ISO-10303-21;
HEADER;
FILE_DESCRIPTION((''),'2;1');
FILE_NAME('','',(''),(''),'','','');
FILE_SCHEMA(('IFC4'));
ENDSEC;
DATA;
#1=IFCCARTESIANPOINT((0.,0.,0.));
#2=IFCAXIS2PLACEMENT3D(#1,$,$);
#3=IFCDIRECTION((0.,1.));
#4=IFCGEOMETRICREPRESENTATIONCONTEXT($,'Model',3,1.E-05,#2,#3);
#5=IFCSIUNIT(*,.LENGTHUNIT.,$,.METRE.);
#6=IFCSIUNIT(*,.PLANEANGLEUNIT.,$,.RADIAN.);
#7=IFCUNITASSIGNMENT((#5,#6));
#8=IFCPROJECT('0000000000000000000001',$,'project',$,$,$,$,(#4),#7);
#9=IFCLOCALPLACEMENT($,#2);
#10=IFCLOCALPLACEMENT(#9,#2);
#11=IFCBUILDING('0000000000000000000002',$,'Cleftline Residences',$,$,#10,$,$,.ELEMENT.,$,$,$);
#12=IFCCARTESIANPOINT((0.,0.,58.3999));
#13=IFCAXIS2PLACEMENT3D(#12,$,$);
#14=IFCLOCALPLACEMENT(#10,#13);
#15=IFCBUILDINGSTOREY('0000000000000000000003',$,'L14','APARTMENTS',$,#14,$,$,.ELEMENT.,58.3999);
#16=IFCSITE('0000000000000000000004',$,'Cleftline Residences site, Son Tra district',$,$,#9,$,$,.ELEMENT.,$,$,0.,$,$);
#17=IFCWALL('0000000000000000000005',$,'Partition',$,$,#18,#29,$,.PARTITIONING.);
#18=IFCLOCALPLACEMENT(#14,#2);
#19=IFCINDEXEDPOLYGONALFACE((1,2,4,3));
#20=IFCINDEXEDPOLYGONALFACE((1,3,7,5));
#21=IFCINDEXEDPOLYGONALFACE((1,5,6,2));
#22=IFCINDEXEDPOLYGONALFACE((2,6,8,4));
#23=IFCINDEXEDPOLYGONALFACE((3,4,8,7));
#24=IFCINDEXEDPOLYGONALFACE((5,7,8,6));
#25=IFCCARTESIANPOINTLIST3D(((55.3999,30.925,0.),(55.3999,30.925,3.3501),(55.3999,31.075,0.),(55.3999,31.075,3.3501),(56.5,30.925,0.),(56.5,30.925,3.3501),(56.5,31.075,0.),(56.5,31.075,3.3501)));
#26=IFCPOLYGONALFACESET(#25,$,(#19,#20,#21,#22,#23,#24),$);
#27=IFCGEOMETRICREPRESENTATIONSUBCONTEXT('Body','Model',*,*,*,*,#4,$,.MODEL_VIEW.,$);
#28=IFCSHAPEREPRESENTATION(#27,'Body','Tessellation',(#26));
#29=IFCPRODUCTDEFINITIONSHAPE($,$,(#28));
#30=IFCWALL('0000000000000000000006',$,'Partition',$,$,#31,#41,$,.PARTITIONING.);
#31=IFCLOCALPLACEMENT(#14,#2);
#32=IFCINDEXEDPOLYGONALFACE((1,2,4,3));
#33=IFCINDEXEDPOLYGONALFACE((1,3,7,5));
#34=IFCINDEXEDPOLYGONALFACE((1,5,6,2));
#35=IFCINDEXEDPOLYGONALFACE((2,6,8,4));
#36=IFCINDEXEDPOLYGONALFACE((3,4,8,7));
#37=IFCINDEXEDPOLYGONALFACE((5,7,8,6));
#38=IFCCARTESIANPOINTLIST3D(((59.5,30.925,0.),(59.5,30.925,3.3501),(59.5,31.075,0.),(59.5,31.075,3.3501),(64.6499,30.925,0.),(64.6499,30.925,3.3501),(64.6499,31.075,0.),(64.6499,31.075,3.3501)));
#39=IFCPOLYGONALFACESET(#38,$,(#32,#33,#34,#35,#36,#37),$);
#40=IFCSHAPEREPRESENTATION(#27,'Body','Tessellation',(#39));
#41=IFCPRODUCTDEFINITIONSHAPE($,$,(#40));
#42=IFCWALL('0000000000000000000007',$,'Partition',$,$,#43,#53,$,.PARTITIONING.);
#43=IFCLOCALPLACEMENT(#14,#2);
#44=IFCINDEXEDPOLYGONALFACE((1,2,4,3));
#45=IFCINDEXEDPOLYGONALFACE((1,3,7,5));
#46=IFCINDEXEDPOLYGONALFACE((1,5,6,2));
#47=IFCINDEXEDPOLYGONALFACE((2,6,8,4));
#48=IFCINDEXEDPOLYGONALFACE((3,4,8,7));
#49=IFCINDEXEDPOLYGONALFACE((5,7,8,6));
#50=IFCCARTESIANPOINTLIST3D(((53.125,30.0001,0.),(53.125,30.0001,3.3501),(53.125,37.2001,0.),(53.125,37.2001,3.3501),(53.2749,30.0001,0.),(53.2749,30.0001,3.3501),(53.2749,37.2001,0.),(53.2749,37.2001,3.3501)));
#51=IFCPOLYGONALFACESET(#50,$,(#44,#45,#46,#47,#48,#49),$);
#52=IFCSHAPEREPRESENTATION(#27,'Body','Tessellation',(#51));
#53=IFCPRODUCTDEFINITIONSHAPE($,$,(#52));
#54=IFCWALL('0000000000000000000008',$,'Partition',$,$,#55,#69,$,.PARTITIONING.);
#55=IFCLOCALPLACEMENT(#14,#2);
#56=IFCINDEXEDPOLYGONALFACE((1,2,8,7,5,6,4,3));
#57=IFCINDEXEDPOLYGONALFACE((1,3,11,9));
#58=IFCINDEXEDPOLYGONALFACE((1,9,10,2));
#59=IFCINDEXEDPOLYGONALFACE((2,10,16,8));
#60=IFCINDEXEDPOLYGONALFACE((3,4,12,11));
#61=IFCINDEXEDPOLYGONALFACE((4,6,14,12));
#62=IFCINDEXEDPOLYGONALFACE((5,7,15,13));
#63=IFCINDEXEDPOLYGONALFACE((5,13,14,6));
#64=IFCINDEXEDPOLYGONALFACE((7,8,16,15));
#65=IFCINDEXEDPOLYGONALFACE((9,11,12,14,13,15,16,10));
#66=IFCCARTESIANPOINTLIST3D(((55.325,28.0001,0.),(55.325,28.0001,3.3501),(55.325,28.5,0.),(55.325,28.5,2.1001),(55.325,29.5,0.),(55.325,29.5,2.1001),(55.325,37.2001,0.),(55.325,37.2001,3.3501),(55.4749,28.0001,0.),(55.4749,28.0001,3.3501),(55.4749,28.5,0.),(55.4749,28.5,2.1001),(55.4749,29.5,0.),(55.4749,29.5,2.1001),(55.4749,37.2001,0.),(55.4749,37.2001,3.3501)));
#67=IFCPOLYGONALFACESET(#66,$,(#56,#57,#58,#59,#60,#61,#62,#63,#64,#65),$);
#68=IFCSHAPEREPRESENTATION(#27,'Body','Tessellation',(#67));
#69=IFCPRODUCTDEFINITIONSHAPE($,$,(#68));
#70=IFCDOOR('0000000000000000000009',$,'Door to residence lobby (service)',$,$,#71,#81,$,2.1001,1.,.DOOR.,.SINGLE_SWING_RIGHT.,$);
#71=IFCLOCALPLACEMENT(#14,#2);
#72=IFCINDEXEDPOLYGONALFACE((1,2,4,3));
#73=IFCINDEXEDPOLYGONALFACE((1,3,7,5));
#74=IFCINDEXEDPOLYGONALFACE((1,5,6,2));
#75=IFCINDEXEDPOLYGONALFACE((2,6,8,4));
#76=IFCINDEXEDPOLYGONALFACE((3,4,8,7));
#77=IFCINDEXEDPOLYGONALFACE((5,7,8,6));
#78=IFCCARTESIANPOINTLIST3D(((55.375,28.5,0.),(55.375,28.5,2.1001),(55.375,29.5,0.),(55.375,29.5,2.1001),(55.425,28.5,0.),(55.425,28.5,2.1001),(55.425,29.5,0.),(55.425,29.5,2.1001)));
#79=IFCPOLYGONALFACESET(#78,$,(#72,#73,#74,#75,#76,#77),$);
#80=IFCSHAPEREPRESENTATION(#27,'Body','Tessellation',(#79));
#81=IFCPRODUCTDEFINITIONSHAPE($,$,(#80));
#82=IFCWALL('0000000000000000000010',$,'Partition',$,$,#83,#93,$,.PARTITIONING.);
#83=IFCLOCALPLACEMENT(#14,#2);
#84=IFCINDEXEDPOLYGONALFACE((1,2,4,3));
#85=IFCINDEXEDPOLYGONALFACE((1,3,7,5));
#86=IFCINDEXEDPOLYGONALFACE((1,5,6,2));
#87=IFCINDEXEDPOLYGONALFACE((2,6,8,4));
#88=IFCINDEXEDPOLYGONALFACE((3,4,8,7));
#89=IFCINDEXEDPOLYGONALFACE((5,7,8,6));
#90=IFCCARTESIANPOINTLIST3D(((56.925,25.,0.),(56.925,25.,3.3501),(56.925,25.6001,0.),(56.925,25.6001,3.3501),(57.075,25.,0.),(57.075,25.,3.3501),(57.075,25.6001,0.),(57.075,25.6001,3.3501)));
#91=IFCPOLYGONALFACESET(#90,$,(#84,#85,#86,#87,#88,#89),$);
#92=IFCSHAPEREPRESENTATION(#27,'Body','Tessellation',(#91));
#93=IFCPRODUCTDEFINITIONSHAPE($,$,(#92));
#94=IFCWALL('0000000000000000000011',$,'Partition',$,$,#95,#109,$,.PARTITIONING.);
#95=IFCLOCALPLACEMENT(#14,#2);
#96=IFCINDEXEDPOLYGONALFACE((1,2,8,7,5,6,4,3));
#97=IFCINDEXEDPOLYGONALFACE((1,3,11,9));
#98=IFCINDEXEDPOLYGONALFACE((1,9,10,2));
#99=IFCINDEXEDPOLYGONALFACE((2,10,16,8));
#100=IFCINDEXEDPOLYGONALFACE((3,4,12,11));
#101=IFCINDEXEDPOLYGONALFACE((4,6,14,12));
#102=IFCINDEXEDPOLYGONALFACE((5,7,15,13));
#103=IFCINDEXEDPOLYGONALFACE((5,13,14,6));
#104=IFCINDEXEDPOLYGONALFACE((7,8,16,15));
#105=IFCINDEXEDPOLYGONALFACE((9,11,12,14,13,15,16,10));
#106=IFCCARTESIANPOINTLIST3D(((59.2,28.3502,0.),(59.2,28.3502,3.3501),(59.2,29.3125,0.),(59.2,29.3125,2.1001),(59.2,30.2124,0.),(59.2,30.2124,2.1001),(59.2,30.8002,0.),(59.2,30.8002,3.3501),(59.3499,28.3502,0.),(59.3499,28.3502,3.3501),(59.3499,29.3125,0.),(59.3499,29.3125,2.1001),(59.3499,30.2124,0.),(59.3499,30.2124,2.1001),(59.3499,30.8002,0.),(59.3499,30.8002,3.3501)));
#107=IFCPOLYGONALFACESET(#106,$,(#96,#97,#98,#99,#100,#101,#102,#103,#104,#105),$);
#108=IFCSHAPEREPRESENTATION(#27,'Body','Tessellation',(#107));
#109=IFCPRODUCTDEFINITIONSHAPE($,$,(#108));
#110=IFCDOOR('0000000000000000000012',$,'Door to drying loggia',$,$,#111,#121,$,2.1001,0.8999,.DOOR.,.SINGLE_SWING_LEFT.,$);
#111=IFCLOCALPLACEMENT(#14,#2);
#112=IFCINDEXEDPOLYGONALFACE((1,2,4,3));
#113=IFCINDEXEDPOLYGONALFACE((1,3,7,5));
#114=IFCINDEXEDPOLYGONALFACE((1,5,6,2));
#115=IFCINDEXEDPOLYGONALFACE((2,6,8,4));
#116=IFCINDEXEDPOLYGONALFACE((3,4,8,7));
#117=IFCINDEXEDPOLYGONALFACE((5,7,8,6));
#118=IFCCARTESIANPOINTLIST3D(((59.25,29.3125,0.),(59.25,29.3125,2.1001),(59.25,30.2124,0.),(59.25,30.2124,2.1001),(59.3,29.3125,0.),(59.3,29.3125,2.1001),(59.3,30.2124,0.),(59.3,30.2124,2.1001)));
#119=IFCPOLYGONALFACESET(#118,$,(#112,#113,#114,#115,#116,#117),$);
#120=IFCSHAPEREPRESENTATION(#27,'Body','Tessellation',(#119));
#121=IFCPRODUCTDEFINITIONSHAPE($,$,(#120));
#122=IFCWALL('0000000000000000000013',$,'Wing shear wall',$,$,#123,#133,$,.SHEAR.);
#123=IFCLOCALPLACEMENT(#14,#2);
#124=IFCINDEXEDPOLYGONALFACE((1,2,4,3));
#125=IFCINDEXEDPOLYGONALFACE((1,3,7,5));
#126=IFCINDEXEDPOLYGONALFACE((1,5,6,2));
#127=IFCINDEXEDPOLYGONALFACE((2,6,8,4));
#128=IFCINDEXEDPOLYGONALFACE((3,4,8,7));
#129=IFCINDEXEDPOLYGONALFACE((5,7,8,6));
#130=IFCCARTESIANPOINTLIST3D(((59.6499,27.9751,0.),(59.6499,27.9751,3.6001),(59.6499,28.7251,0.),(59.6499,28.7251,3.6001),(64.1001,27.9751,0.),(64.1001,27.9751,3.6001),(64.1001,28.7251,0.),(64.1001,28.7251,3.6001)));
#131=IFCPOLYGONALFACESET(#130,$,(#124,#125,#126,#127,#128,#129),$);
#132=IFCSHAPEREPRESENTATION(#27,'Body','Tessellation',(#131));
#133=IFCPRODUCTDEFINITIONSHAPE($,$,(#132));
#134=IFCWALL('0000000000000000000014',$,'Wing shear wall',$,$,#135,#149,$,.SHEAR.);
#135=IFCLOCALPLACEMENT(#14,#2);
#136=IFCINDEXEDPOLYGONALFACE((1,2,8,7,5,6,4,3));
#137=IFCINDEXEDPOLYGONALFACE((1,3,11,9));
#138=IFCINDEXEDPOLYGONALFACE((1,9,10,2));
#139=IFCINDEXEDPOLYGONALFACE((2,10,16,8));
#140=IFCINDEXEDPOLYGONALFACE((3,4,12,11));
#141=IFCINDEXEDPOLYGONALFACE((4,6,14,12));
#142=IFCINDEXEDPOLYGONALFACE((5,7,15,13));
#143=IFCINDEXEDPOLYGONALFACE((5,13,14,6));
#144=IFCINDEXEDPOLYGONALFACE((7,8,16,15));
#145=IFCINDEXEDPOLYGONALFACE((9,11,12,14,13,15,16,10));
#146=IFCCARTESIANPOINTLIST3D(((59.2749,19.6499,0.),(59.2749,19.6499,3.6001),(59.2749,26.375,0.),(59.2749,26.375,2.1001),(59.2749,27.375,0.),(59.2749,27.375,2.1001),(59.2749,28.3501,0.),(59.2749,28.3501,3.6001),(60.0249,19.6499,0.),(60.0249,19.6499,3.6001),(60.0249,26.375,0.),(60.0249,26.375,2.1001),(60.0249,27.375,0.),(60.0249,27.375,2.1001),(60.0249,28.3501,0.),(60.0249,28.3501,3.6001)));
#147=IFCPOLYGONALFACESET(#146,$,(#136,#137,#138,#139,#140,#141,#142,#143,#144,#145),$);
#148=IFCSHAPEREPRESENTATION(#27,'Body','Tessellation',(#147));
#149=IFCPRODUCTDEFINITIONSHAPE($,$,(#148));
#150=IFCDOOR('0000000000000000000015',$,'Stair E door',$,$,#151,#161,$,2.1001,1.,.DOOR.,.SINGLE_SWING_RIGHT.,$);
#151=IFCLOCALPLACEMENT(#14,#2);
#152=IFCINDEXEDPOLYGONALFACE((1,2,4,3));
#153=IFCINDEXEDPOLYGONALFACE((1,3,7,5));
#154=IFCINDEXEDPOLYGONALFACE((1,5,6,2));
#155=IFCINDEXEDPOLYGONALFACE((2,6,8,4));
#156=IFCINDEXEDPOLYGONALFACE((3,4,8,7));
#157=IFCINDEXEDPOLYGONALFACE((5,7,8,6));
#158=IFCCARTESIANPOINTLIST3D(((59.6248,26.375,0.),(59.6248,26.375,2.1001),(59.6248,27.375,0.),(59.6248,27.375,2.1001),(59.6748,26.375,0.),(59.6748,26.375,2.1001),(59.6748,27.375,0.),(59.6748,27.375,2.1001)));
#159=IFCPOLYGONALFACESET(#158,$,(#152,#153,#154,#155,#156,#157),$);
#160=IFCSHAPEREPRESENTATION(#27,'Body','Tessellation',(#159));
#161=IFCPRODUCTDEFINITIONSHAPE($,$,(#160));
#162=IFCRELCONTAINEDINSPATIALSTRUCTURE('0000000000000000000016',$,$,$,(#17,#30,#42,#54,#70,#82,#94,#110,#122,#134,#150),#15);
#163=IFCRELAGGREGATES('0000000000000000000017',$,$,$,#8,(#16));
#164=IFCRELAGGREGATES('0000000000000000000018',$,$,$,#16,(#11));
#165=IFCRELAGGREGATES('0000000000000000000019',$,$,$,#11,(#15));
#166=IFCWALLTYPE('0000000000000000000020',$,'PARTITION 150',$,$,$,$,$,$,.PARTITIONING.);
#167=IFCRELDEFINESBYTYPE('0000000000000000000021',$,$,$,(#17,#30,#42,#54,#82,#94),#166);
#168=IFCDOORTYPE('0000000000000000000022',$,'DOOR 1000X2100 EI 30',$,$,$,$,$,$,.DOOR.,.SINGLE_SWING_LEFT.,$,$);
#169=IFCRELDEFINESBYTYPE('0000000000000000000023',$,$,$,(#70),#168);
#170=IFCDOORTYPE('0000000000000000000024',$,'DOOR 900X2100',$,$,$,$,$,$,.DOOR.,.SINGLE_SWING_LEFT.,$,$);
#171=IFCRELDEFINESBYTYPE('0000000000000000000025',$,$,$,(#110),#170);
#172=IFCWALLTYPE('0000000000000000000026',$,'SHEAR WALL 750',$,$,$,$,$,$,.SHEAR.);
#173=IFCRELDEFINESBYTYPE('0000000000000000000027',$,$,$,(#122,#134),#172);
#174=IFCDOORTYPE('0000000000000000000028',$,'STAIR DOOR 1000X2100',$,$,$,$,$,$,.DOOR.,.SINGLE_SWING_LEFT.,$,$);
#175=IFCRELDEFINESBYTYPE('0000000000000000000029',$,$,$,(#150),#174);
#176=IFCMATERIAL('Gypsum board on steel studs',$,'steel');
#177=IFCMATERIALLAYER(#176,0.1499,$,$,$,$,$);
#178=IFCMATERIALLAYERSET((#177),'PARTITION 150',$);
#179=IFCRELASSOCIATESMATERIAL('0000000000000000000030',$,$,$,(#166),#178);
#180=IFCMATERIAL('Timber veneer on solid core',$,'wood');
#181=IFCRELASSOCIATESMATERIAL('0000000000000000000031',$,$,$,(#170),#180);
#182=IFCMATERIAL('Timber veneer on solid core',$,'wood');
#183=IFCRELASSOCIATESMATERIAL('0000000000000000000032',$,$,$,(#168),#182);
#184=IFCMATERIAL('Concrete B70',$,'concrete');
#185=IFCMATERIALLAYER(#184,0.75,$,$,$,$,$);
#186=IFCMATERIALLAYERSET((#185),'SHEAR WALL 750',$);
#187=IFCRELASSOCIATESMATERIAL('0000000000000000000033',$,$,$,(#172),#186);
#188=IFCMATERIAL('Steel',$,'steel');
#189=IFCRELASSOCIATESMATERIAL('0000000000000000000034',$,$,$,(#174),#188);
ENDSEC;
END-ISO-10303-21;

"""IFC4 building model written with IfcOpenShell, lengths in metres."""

from ifc_helpers import new_model, si_unit, direction, frame, frame_2d, origin, place, context, subcontext, project, spatial, rectangle, extrude, material, layer, layer_set, type_object, element, fill, save


model = new_model("IFC4")

# Units and contexts
model_context = context("Model", 3, precision=1e-05, world=origin(), true_north=direction((0.0, 1.0)))
body_context = subcontext(model_context, "Body", "Model", "MODEL_VIEW")
ifc_project = project(units=[si_unit("LENGTHUNIT", "METRE"), si_unit("PLANEANGLEUNIT", "RADIAN")], contexts=[model_context])

# Site, building, storey
site_placement = place(None, origin())
site = spatial("IfcSite", under=ifc_project, at=site_placement, Name="Cleftline Residences site, Son Tra district", CompositionType="ELEMENT", RefElevation=0.0)
building_placement = place(site_placement, origin())
building = spatial("IfcBuilding", under=site, at=building_placement, Name="Cleftline Residences", CompositionType="ELEMENT")
storey_placement = place(building_placement, frame((0.0, 0.0, 58.3999)))
storey = spatial("IfcBuildingStorey", under=building, at=storey_placement, Name="L14", Description="APARTMENTS", CompositionType="ELEMENT", Elevation=58.3999)

# Shared definitions
ifc_material_1 = material(Name="Gypsum board on steel studs", Category="steel")
ifc_layer_1 = layer(ifc_material_1, 0.1499)
ifc_layer_set_1 = layer_set([ifc_layer_1], Name="PARTITION 150")
wall_type_1 = type_object("IfcWallType", Name="PARTITION 150", PredefinedType="PARTITIONING", material=ifc_layer_set_1)
ifc_material_2 = material(Name="Timber veneer on solid core", Category="wood")
door_type_1 = type_object("IfcDoorType", Name="DOOR 900X2100", OperationType="SINGLE_SWING_LEFT", PredefinedType="DOOR", material=ifc_material_2)

# Walls
wall_1_placement = place(storey_placement, frame((55.3999, 31.0, 0.0), z_axis=(0.0, 0.0, 1.0), x_axis=(1.0, 0.0, 0.0)))
element("IfcWall", 1, at=wall_1_placement, inside=storey, type_object=wall_type_1, Name="Partition", PredefinedType="PARTITIONING", context=body_context, shape_type="SweptSolid", body=[
    extrude(rectangle(XDim=1.1001, YDim=0.1499, at=frame_2d((0.55, 0.0))), origin(), (0.0, 0.0, 1.0), 3.3501),
])
wall_2_placement = place(storey_placement, frame((59.5, 31.0, 0.0), z_axis=(0.0, 0.0, 1.0), x_axis=(1.0, 0.0, 0.0)))
element("IfcWall", 2, at=wall_2_placement, inside=storey, type_object=wall_type_1, Name="Partition", PredefinedType="PARTITIONING", context=body_context, shape_type="SweptSolid", body=[
    extrude(rectangle(XDim=5.1499, YDim=0.1499, at=frame_2d((2.575, 0.0))), origin(), (0.0, 0.0, 1.0), 3.3501),
])
wall_3_placement = place(storey_placement, frame((53.2, 30.0, 0.0), z_axis=(0.0, 0.0, 1.0), x_axis=(0.0, 1.0, 0.0)))
element("IfcWall", 3, at=wall_3_placement, inside=storey, type_object=wall_type_1, Name="Partition", PredefinedType="PARTITIONING", context=body_context, shape_type="SweptSolid", body=[
    extrude(rectangle(XDim=7.2, YDim=0.1499, at=frame_2d((3.6001, 0.0))), origin(), (0.0, 0.0, 1.0), 3.3501),
])

# Wall, opening, door
wall_4_placement = place(storey_placement, frame((55.3999, 28.0, 0.0), z_axis=(0.0, 0.0, 1.0), x_axis=(0.0, 1.0, 0.0)))
wall_4 = element("IfcWall", 4, at=wall_4_placement, inside=storey, type_object=wall_type_1, Name="Partition", PredefinedType="PARTITIONING", context=body_context, shape_type="SweptSolid", body=[
    extrude(rectangle(XDim=9.2, YDim=0.1499, at=frame_2d((4.6001, 0.0))), origin(), (0.0, 0.0, 1.0), 3.3501),
])
opening_1_placement = place(wall_4_placement, frame((0.5, 0.0, 0.0)))
opening_1 = element("IfcOpeningElement", 5, at=opening_1_placement, cuts=wall_4, PredefinedType="OPENING", context=body_context, shape_type="SweptSolid", body=[
    extrude(rectangle(XDim=1.0, YDim=2.1001, at=frame_2d((0.5, 1.05))), frame((0.0, 0.085, 0.0), z_axis=(0.0, -1.0, 0.0), x_axis=(1.0, 0.0, 0.0)), (0.0, 0.0, 1.0), 0.1699),
])
ifc_material_3 = material(Name="Timber veneer on solid core", Category="wood")
door_type_2 = type_object("IfcDoorType", Name="DOOR 1000X2100 EI 30", OperationType="SINGLE_SWING_LEFT", PredefinedType="DOOR", material=ifc_material_3)
door_1_placement = place(opening_1_placement, origin())
door_1 = element("IfcDoor", 6, at=door_1_placement, inside=storey, type_object=door_type_2, Name="Door to residence lobby (service)", OperationType="SINGLE_SWING_RIGHT", OverallHeight=2.1001, OverallWidth=1.0, PredefinedType="DOOR", context=body_context, shape_type="SweptSolid", body=[
    extrude(rectangle(XDim=1.0, YDim=2.1001, at=frame_2d((0.5, 1.05))), frame((0.0, 0.0249, 0.0), z_axis=(0.0, -1.0, 0.0), x_axis=(1.0, 0.0, 0.0)), (0.0, 0.0, 1.0), 0.05),
])
fill(opening_1, door_1)

# Wall
wall_5_placement = place(storey_placement, frame((57.0, 25.0, 0.0), z_axis=(0.0, 0.0, 1.0), x_axis=(0.0, 1.0, 0.0)))
element("IfcWall", 7, at=wall_5_placement, inside=storey, type_object=wall_type_1, Name="Partition", PredefinedType="PARTITIONING", context=body_context, shape_type="SweptSolid", body=[
    extrude(rectangle(XDim=0.6001, YDim=0.1499, at=frame_2d((0.3, 0.0))), origin(), (0.0, 0.0, 1.0), 3.3501),
])

# Wall, opening, door
wall_6_placement = place(storey_placement, frame((59.2749, 28.3501, 0.0), z_axis=(0.0, 0.0, 1.0), x_axis=(0.0, 1.0, 0.0)))
wall_6 = element("IfcWall", 8, at=wall_6_placement, inside=storey, type_object=wall_type_1, Name="Partition", PredefinedType="PARTITIONING", context=body_context, shape_type="SweptSolid", body=[
    extrude(rectangle(XDim=2.45, YDim=0.1499, at=frame_2d((1.2251, 0.0))), origin(), (0.0, 0.0, 1.0), 3.3501),
])
opening_2_placement = place(wall_6_placement, frame((0.9624, 0.0, 0.0)))
opening_2 = element("IfcOpeningElement", 9, at=opening_2_placement, cuts=wall_6, PredefinedType="OPENING", context=body_context, shape_type="SweptSolid", body=[
    extrude(rectangle(XDim=0.8999, YDim=2.1001, at=frame_2d((0.45, 1.05))), frame((0.0, 0.085, 0.0), z_axis=(0.0, -1.0, 0.0), x_axis=(1.0, 0.0, 0.0)), (0.0, 0.0, 1.0), 0.1699),
])
door_2_placement = place(opening_2_placement, origin())
door_2 = element("IfcDoor", 10, at=door_2_placement, inside=storey, type_object=door_type_1, Name="Door to drying loggia", OperationType="SINGLE_SWING_LEFT", OverallHeight=2.1001, OverallWidth=0.8999, PredefinedType="DOOR", context=body_context, shape_type="SweptSolid", body=[
    extrude(rectangle(XDim=0.8999, YDim=2.1001, at=frame_2d((0.45, 1.05))), frame((0.0, 0.0249, 0.0), z_axis=(0.0, -1.0, 0.0), x_axis=(1.0, 0.0, 0.0)), (0.0, 0.0, 1.0), 0.05),
])
fill(opening_2, door_2)

# Wall
ifc_material_4 = material(Name="Concrete B70", Category="concrete")
ifc_layer_2 = layer(ifc_material_4, 0.75)
ifc_layer_set_2 = layer_set([ifc_layer_2], Name="SHEAR WALL 750")
wall_type_2 = type_object("IfcWallType", Name="SHEAR WALL 750", PredefinedType="SHEAR", material=ifc_layer_set_2)
wall_7_placement = place(storey_placement, frame((64.1001, 28.3501, 0.0), z_axis=(0.0, 0.0, 1.0), x_axis=(-1.0, 0.0, 0.0)))
element("IfcWall", 11, at=wall_7_placement, inside=storey, type_object=wall_type_2, Name="Wing shear wall", PredefinedType="SHEAR", context=body_context, shape_type="SweptSolid", body=[
    extrude(rectangle(XDim=4.4502, YDim=0.75, at=frame_2d((2.2251, 0.0))), origin(), (0.0, 0.0, 1.0), 3.6001),
])

# Wall, opening, door
wall_8_placement = place(storey_placement, frame((59.6499, 28.3501, 0.0), z_axis=(0.0, 0.0, 1.0), x_axis=(0.0, -1.0, 0.0)))
wall_8 = element("IfcWall", 12, at=wall_8_placement, inside=storey, type_object=wall_type_2, Name="Wing shear wall", PredefinedType="SHEAR", context=body_context, shape_type="SweptSolid", body=[
    extrude(rectangle(XDim=8.7002, YDim=0.75, at=frame_2d((4.3501, 0.0))), origin(), (0.0, 0.0, 1.0), 3.6001),
])
opening_3_placement = place(wall_8_placement, frame((0.9751, 0.0, 0.0)))
opening_3 = element("IfcOpeningElement", 13, at=opening_3_placement, cuts=wall_8, PredefinedType="OPENING", context=body_context, shape_type="SweptSolid", body=[
    extrude(rectangle(XDim=1.0, YDim=2.1001, at=frame_2d((0.5, 1.05))), frame((0.0, 0.385, 0.0), z_axis=(0.0, -1.0, 0.0), x_axis=(1.0, 0.0, 0.0)), (0.0, 0.0, 1.0), 0.77),
])
ifc_material_5 = material(Name="Steel", Category="steel")
door_type_3 = type_object("IfcDoorType", Name="STAIR DOOR 1000X2100", OperationType="SINGLE_SWING_LEFT", PredefinedType="DOOR", material=ifc_material_5)
door_3_placement = place(opening_3_placement, origin())
door_3 = element("IfcDoor", 14, at=door_3_placement, inside=storey, type_object=door_type_3, Name="Stair E door", OperationType="SINGLE_SWING_RIGHT", OverallHeight=2.1001, OverallWidth=1.0, PredefinedType="DOOR", context=body_context, shape_type="SweptSolid", body=[
    extrude(rectangle(XDim=1.0, YDim=2.1001, at=frame_2d((0.5, 1.05))), frame((0.0, 0.0249, 0.0), z_axis=(0.0, -1.0, 0.0), x_axis=(1.0, 0.0, 0.0)), (0.0, 0.0, 1.0), 0.05),
])
fill(opening_3, door_3)

save(model, "model.ifc")
